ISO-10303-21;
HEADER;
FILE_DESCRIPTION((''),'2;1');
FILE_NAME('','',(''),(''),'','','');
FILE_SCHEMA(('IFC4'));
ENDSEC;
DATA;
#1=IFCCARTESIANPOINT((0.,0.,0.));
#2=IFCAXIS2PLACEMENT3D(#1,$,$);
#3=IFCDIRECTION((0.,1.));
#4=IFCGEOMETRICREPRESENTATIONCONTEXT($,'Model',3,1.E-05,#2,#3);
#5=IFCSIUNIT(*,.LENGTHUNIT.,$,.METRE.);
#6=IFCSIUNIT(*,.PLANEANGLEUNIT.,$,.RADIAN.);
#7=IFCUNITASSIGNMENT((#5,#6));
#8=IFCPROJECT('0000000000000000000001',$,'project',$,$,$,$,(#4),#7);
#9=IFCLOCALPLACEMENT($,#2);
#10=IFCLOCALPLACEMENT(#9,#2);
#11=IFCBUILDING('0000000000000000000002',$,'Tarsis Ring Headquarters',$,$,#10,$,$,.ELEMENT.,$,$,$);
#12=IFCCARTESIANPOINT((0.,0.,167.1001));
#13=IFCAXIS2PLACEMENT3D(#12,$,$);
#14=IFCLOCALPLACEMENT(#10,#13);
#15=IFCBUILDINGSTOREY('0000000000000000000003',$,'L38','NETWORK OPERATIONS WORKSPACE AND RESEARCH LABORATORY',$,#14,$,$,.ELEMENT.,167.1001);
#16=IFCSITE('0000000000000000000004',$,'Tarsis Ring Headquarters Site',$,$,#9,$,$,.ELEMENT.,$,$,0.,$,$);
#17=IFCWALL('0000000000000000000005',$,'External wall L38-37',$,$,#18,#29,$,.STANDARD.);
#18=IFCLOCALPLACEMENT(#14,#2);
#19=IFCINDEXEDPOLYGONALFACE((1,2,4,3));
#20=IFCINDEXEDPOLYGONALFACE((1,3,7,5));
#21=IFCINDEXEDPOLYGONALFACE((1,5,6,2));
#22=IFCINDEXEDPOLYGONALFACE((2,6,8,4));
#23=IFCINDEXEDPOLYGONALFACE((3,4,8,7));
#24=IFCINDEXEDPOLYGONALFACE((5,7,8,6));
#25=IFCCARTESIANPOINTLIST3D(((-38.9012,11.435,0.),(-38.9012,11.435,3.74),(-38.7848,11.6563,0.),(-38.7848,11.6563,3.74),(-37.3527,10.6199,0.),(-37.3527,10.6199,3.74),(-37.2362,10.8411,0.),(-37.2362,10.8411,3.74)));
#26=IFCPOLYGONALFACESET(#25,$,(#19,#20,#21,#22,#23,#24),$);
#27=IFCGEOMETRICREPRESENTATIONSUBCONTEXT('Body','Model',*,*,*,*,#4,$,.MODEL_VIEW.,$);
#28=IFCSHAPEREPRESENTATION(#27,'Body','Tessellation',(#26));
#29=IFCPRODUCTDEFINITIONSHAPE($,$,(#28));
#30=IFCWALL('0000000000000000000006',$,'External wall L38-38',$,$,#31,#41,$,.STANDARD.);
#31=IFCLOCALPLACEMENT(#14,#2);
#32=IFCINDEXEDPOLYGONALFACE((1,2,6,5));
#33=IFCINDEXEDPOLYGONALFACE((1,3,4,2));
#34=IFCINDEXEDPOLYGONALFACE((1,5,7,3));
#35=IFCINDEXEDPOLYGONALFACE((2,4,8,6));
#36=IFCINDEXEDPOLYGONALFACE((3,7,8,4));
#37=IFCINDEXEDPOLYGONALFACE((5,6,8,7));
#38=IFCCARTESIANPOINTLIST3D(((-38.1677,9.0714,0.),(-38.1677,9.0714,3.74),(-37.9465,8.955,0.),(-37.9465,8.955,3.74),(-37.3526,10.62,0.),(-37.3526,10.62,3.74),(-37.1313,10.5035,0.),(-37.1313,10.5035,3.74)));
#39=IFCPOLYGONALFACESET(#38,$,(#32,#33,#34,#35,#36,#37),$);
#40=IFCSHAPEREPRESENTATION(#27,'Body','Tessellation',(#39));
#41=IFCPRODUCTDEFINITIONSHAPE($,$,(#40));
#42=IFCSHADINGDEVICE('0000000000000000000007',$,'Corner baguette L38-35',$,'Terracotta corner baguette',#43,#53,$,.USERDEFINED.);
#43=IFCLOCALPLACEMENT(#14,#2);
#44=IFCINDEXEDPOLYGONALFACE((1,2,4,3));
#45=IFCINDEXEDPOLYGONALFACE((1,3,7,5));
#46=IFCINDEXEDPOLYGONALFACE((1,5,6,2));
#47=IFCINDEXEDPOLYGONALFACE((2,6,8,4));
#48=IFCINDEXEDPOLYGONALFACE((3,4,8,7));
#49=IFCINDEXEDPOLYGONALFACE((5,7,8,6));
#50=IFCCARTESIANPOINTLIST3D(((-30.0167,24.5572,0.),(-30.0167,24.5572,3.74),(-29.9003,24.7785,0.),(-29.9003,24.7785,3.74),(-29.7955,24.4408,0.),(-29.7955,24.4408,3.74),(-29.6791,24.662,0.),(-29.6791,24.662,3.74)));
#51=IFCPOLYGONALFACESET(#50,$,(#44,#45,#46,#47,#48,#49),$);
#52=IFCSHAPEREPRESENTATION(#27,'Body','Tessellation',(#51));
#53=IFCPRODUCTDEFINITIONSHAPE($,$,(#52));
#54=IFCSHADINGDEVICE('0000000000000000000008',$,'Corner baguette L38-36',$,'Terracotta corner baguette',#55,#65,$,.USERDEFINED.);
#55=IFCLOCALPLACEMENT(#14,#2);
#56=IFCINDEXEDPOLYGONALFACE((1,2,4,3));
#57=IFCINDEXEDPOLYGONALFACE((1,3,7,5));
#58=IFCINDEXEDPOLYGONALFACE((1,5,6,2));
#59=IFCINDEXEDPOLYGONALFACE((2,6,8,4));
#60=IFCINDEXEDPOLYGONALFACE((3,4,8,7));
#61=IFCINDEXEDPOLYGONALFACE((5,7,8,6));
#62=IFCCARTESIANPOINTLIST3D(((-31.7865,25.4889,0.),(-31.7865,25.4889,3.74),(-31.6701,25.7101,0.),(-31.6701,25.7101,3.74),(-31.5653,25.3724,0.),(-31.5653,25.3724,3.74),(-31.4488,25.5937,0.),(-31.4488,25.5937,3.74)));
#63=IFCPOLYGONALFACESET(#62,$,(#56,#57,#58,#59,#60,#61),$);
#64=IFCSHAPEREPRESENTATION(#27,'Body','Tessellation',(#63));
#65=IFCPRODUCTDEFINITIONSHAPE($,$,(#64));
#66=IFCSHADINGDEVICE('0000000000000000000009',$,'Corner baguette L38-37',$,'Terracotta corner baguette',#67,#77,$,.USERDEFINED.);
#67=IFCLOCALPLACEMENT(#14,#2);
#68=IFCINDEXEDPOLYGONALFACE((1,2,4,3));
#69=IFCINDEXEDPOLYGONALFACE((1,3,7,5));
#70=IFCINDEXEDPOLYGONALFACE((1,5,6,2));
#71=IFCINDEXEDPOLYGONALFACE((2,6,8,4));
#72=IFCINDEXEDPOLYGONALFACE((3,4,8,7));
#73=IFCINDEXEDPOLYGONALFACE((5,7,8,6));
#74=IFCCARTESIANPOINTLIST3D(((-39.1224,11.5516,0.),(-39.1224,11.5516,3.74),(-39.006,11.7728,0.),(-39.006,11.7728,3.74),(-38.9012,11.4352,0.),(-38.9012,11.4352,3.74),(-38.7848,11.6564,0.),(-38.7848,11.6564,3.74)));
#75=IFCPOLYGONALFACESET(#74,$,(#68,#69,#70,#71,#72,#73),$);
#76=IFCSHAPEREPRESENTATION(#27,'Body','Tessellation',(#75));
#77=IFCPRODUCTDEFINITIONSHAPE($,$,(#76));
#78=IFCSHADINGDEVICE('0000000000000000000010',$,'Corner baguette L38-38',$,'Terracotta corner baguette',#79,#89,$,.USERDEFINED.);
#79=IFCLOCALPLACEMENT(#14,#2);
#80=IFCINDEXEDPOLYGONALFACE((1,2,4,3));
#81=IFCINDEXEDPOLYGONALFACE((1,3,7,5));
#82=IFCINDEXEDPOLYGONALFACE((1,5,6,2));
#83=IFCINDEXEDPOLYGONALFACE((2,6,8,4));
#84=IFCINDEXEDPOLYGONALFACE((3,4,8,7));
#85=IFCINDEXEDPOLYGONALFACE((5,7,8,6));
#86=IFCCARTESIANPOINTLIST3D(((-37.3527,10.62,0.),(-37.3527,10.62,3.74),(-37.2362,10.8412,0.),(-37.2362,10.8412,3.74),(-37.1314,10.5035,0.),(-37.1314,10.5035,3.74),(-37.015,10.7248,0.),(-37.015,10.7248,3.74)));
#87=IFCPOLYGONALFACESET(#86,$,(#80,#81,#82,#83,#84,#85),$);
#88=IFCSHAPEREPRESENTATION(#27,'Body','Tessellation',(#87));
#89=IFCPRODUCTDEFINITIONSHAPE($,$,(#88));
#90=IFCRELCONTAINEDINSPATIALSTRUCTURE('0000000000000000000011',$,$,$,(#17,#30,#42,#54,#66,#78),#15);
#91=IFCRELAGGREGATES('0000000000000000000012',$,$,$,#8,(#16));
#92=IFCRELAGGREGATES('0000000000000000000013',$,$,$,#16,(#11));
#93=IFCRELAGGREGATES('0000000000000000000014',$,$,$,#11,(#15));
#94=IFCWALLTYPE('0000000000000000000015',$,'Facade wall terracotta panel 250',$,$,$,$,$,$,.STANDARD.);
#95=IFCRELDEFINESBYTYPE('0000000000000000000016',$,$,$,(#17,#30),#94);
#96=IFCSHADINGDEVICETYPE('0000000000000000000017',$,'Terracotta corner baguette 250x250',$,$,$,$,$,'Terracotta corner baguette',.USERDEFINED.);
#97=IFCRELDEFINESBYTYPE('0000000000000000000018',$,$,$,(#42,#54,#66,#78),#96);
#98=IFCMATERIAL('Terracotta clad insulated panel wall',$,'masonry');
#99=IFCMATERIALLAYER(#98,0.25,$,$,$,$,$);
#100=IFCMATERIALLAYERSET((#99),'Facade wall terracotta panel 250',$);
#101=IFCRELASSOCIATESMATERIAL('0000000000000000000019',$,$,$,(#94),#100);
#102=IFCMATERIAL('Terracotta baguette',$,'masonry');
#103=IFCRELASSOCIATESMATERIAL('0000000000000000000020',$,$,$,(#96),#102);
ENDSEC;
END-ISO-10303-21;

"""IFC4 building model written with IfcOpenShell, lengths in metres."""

from ifc_helpers import new_model, si_unit, direction, frame, frame_2d, origin, origin_2d, place, context, subcontext, project, spatial, rectangle, extrude, material, layer, layer_set, type_object, element, save


model = new_model("IFC4")

# Units and contexts
model_context = context("Model", 3, precision=1e-05, world=origin(), true_north=direction((0.0, 1.0)))
body_context = subcontext(model_context, "Body", "Model", "MODEL_VIEW")
ifc_project = project(units=[si_unit("LENGTHUNIT", "METRE"), si_unit("PLANEANGLEUNIT", "RADIAN")], contexts=[model_context])

# Site, building, storey
site_placement = place(None, origin())
site = spatial("IfcSite", under=ifc_project, at=site_placement, Name="Tarsis Ring Headquarters Site", CompositionType="ELEMENT", RefElevation=0.0)
building_placement = place(site_placement, origin())
building = spatial("IfcBuilding", under=site, at=building_placement, Name="Tarsis Ring Headquarters", CompositionType="ELEMENT")
storey_placement = place(building_placement, frame((0.0, 0.0, 167.1001)))
storey = spatial("IfcBuildingStorey", under=building, at=storey_placement, Name="L38", Description="NETWORK OPERATIONS WORKSPACE AND RESEARCH LABORATORY", CompositionType="ELEMENT", Elevation=167.1001)

# Shared definitions
ifc_material_1 = material(Name="Terracotta clad insulated panel wall", Category="masonry")
ifc_layer_1 = layer(ifc_material_1, 0.25)
ifc_layer_set_1 = layer_set([ifc_layer_1], Name="Facade wall terracotta panel 250")
wall_type_1 = type_object("IfcWallType", Name="Facade wall terracotta panel 250", PredefinedType="STANDARD", material=ifc_layer_set_1)

# Walls
for number, where, z_axis, x_axis, name in (
    (1, (-38.843, 11.5457, 0.0), (0.0, 0.0, 1.0), (0.884885, -0.46581, 0.0), "External wall L38-37"),
    (2, (-37.2419, 10.5618, 0.0), (0.0, 0.0, 1.0), (-0.46581, -0.884885, 0.0), "External wall L38-38"),
):
    element("IfcWall", number, at=place(storey_placement, frame(where, z_axis=z_axis, x_axis=x_axis)), inside=storey, type_object=wall_type_1, Name=name, PredefinedType="STANDARD", context=body_context, shape_type="SweptSolid", body=[
        extrude(rectangle(XDim=1.75, YDim=0.25, at=frame_2d((0.875, 0.0))), origin(), (0.0, 0.0, 1.0), 3.74),
    ])

# Shading devices
ifc_material_2 = material(Name="Terracotta baguette", Category="masonry")
shading_device_type_1 = type_object("IfcShadingDeviceType", Name="Terracotta corner baguette 250x250", ElementType="Terracotta corner baguette", PredefinedType="USERDEFINED", material=ifc_material_2)
for number, where, z_axis, x_axis, name in (
    (3, (-29.8479, 24.6096, 0.0), (0.0, 0.0, 1.0), (-0.465769, -0.884906, 0.0), "Corner baguette L38-35"),
    (4, (-31.6177, 25.5413, 0.0), (0.0, 0.0, 1.0), (-0.884906, 0.465769, 0.0), "Corner baguette L38-36"),
    (5, (-38.9536, 11.604, 0.0), (0.0, 0.0, 1.0), (-0.465769, -0.884906, 0.0), "Corner baguette L38-37"),
    (6, (-37.1838, 10.6724, 0.0), (0.0, 0.0, 1.0), (0.884906, -0.465769, 0.0), "Corner baguette L38-38"),
):
    element("IfcShadingDevice", number, at=place(storey_placement, frame(where, z_axis=z_axis, x_axis=x_axis)), inside=storey, type_object=shading_device_type_1, Name=name, ObjectType="Terracotta corner baguette", PredefinedType="USERDEFINED", context=body_context, shape_type="SweptSolid", body=[
        extrude(rectangle(XDim=0.25, YDim=0.25, at=origin_2d()), origin(), (0.0, 0.0, 1.0), 3.74),
    ])

save(model, "model.ifc")
